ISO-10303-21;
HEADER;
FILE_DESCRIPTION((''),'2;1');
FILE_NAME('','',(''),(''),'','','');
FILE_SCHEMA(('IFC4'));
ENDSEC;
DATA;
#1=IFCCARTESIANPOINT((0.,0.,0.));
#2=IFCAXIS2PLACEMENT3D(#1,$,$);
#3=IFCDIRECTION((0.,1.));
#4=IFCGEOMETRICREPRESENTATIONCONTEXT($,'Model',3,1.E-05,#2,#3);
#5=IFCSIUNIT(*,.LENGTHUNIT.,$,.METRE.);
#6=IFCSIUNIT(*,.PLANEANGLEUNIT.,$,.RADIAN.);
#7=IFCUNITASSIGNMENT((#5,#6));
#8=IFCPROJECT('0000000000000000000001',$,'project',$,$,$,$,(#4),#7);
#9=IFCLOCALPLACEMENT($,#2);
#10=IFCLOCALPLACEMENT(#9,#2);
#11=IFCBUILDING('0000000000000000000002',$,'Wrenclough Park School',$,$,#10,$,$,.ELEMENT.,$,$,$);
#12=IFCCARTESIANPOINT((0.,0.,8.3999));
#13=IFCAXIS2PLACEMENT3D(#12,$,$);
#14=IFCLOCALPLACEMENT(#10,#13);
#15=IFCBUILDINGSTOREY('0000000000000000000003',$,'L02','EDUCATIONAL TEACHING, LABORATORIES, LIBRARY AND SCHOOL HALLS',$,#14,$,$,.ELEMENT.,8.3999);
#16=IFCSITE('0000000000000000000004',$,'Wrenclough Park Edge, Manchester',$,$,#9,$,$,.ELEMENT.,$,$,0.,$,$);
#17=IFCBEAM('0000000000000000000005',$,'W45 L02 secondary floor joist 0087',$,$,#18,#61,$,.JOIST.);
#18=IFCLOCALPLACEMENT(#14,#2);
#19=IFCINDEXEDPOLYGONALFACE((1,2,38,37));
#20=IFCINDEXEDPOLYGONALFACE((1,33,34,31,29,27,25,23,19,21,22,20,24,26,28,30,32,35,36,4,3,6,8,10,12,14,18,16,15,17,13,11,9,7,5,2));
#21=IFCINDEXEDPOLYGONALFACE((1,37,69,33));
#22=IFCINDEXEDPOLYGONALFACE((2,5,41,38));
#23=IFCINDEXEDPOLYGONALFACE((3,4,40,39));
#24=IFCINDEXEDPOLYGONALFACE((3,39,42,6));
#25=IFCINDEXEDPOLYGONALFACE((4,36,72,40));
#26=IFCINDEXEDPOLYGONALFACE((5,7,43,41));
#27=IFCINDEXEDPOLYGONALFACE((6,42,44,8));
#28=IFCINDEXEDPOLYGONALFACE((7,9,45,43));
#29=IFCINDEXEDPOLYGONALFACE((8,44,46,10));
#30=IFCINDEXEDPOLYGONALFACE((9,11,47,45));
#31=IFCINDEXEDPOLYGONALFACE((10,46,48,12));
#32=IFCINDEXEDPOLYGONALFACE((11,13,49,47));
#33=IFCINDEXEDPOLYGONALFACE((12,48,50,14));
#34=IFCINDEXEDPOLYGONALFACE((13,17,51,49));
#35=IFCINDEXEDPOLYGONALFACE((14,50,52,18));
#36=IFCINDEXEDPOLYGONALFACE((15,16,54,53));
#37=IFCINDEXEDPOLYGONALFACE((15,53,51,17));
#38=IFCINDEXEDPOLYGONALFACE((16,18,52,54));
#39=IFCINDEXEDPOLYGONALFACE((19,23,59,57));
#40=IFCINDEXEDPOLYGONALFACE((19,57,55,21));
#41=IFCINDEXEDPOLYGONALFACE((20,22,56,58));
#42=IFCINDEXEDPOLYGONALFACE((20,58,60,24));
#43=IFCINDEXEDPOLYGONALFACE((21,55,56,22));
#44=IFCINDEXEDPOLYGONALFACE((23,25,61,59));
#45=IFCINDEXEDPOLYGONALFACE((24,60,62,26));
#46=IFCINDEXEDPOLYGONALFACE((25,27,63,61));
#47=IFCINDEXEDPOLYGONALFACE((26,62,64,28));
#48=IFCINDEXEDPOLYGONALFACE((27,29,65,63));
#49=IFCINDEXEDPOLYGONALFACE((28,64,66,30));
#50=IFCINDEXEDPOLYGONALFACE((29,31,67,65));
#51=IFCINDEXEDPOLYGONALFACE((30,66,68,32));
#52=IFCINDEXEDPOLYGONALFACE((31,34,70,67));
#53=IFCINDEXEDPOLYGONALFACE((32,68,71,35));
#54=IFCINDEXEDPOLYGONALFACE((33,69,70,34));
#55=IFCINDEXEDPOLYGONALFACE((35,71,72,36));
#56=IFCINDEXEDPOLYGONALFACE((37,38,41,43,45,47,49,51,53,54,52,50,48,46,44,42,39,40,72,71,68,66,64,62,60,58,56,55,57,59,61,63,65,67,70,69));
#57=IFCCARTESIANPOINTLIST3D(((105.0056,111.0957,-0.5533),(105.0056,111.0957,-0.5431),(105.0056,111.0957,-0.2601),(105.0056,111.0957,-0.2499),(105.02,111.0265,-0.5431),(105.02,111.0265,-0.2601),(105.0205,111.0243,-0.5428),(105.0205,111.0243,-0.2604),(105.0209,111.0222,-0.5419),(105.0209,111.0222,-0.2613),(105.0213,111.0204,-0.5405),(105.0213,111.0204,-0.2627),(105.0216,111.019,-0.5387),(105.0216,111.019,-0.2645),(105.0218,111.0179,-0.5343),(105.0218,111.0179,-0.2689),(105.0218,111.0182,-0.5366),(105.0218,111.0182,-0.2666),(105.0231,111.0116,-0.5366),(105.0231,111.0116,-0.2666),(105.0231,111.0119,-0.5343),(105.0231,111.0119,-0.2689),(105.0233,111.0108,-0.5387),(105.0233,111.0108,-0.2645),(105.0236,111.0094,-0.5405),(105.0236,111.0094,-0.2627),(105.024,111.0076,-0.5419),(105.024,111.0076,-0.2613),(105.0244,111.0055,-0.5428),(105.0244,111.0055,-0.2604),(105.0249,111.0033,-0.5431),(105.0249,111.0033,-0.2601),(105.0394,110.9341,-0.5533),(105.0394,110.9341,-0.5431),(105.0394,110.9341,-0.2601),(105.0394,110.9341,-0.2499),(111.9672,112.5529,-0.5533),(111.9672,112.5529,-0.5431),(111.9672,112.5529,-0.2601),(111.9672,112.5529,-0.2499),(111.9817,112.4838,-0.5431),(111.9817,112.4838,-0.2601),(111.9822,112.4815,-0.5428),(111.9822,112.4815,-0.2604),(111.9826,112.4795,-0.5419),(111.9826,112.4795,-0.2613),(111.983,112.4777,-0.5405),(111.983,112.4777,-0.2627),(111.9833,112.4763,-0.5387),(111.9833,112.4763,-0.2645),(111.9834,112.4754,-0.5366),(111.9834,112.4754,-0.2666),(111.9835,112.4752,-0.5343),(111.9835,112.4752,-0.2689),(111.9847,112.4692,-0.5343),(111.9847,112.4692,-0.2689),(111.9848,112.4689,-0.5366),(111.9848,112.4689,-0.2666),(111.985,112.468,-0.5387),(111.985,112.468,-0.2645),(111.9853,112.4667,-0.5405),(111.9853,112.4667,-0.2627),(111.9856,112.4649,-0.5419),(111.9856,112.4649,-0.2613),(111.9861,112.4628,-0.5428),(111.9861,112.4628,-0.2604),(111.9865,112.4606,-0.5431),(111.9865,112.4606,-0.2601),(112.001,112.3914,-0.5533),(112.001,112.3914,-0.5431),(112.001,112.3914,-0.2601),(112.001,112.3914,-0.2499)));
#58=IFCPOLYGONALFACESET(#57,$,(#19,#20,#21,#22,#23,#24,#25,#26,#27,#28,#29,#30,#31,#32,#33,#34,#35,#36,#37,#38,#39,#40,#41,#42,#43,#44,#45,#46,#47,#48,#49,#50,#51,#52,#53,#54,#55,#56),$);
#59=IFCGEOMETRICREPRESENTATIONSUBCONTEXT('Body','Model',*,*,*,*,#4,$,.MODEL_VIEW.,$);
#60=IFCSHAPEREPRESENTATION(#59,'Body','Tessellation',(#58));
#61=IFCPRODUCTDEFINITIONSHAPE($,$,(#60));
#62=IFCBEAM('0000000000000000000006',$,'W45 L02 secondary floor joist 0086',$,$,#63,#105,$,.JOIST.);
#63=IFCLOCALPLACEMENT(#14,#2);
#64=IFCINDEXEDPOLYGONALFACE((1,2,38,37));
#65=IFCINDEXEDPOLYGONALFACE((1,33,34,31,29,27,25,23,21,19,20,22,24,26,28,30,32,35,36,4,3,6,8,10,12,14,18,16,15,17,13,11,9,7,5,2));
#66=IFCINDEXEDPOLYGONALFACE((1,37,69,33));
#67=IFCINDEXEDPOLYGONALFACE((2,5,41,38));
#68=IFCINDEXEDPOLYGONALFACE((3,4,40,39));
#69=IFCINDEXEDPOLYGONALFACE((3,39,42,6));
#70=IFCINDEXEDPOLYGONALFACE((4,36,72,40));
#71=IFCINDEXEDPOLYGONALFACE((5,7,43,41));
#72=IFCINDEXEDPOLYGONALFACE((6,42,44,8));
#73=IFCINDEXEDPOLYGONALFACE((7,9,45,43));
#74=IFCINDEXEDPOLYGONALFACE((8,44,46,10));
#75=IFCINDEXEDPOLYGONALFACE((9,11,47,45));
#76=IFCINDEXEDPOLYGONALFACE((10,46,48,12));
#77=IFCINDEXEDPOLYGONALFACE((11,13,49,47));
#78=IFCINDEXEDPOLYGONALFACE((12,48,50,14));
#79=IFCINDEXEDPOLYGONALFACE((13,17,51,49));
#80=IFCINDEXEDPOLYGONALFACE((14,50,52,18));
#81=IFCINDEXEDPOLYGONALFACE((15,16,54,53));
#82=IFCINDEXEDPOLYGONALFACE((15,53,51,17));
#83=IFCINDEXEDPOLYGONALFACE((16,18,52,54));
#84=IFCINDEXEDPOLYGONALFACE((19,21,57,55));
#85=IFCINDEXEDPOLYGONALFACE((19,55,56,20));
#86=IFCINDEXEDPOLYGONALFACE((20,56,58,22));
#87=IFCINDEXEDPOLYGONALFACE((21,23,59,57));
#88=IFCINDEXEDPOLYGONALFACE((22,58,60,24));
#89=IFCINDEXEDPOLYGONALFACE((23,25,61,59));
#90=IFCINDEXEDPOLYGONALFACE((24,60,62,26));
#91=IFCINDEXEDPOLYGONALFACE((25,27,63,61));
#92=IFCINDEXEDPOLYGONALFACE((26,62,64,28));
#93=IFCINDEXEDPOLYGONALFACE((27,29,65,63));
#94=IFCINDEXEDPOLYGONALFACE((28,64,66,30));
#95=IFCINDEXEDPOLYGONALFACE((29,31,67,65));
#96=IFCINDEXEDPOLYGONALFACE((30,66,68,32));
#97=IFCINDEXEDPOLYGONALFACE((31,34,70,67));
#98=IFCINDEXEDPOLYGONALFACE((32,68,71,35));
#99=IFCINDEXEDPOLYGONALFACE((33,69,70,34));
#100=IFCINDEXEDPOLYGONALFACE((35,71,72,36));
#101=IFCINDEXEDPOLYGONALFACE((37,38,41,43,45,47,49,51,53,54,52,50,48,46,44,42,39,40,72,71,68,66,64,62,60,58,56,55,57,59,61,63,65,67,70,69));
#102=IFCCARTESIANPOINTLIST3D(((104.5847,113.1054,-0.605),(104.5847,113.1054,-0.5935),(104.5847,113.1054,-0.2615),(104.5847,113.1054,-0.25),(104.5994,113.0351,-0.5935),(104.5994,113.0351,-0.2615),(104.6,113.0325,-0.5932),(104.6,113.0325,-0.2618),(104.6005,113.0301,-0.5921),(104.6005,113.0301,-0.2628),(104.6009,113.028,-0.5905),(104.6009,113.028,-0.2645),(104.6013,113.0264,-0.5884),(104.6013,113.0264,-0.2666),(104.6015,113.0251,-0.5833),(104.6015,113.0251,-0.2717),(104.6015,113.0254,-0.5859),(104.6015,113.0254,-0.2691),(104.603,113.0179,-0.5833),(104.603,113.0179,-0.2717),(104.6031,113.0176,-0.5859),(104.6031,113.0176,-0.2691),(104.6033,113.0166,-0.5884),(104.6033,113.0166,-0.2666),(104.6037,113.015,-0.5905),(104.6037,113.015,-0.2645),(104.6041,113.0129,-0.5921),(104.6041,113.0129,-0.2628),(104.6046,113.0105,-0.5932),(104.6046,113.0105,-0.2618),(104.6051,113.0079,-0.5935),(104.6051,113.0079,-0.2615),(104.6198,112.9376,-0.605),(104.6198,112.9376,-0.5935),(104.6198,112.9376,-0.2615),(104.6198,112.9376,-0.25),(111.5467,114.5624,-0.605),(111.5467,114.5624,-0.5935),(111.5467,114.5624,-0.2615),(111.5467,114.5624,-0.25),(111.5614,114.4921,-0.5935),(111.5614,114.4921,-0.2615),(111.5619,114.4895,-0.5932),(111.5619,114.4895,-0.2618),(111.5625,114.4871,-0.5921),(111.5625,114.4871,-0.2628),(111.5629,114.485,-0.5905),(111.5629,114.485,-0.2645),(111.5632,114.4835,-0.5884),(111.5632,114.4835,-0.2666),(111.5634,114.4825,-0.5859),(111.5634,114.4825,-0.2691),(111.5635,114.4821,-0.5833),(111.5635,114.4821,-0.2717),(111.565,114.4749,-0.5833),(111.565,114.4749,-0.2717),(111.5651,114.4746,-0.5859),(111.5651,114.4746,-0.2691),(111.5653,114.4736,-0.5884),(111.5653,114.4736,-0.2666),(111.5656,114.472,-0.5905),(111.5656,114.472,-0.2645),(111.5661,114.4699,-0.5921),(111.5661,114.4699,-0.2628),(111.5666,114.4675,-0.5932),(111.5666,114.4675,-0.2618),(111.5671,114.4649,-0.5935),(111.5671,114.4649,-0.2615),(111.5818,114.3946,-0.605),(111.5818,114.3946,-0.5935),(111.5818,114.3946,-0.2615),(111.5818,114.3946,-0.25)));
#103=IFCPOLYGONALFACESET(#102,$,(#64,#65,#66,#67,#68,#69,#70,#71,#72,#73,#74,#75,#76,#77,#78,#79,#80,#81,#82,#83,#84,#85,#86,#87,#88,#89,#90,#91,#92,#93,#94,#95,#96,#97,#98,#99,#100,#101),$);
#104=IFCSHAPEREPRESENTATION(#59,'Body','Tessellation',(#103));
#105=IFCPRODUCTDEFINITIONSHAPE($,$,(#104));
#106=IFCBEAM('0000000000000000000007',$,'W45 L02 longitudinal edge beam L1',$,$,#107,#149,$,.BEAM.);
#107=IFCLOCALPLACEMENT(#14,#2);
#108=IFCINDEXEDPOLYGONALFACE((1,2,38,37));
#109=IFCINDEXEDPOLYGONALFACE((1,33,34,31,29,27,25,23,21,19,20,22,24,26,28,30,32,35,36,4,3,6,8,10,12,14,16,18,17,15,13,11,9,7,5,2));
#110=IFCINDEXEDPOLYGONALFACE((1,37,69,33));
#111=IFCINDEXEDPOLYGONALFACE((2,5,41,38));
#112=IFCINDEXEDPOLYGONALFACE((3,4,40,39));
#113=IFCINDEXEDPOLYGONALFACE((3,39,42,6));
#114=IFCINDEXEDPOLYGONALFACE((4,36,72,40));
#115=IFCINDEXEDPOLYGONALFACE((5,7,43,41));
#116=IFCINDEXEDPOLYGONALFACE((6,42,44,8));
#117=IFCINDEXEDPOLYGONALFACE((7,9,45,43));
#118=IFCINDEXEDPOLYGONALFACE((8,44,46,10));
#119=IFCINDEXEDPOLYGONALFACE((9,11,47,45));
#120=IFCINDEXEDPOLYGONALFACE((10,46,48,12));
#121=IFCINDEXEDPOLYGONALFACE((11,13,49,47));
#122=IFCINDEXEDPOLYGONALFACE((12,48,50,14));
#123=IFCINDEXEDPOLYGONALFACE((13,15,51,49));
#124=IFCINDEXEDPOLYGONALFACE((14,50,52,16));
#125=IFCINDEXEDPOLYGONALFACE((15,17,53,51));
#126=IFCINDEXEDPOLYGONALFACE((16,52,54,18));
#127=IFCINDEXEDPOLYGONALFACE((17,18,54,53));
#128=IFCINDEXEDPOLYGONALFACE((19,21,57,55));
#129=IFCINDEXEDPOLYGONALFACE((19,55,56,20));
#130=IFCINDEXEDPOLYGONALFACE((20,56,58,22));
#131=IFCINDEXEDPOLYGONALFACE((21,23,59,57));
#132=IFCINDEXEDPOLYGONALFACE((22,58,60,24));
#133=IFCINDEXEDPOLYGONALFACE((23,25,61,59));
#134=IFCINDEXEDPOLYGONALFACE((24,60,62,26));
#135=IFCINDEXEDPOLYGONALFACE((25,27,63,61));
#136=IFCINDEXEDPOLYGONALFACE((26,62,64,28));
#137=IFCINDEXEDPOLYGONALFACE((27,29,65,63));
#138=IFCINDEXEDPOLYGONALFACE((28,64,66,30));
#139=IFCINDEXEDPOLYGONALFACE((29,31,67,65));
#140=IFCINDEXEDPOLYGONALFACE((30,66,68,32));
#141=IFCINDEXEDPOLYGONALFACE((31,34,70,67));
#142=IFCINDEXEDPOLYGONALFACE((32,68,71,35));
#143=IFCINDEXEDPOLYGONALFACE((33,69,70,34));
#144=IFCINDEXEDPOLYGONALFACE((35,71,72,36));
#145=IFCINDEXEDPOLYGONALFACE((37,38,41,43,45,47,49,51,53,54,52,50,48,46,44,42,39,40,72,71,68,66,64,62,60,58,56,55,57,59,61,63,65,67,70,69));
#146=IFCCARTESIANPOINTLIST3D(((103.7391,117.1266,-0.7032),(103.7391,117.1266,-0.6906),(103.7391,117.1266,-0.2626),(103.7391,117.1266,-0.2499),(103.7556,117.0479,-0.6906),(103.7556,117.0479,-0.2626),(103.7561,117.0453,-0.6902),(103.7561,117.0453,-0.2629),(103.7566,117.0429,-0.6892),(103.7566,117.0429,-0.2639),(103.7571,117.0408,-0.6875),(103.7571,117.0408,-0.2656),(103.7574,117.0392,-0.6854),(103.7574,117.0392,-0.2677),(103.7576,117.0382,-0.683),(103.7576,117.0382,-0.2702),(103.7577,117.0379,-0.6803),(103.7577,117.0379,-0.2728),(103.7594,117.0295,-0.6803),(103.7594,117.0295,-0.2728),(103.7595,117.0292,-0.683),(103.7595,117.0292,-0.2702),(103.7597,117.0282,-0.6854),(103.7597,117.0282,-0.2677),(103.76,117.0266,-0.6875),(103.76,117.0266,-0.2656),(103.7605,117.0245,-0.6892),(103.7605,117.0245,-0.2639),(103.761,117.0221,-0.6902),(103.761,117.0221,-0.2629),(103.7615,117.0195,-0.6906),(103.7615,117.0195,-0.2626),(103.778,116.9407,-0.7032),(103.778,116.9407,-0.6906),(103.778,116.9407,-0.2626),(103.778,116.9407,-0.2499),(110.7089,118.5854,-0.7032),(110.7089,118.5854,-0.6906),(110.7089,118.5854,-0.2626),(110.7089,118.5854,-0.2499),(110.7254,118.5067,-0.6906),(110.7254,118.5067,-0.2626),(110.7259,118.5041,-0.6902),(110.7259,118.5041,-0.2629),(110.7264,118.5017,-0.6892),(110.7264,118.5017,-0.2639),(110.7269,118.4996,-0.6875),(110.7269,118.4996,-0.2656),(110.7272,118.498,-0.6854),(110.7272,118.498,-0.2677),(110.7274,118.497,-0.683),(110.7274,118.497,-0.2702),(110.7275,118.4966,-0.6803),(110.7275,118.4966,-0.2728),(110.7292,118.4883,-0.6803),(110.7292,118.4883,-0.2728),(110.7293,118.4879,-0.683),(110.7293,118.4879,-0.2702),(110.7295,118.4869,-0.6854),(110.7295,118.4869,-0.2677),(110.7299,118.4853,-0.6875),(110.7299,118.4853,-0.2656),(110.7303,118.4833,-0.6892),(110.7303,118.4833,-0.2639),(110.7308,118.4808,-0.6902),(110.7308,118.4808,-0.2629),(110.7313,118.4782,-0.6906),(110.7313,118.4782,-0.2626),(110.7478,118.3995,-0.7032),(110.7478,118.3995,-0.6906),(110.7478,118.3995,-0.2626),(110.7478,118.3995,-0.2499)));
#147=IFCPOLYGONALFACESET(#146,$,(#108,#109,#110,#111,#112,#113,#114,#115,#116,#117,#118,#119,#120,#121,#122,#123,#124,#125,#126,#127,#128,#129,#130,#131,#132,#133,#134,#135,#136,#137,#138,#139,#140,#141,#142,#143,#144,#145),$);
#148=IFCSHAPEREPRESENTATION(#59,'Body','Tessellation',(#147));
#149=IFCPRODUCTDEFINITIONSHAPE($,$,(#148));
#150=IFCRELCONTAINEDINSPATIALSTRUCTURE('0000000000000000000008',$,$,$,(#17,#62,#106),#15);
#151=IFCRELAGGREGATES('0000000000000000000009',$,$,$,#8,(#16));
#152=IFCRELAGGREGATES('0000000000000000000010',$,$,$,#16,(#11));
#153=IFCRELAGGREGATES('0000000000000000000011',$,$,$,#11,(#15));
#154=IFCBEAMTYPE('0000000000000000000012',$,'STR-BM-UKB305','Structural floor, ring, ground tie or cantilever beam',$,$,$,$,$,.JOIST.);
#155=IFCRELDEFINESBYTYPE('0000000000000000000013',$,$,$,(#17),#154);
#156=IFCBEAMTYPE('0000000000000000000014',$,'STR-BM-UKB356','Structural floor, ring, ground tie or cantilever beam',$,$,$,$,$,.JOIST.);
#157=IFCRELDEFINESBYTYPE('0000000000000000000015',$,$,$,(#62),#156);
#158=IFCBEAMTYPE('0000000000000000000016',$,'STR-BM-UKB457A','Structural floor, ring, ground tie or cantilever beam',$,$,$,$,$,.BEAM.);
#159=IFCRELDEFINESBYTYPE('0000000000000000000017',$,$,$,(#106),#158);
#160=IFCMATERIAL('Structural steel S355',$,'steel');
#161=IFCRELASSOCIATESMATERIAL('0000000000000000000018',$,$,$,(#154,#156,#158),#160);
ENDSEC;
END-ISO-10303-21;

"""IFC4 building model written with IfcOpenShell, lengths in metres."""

from ifc_helpers import new_model, si_unit, direction, frame, origin, origin_2d, place, context, subcontext, project, spatial, i_section, extrude, material, material_profile, profile_set, type_object, element, save


model = new_model("IFC4")

# Units and contexts
model_context = context("Model", 3, precision=1e-05, world=origin(), true_north=direction((0.0, 1.0)))
body_context = subcontext(model_context, "Body", "Model", "MODEL_VIEW")
ifc_project = project(units=[si_unit("LENGTHUNIT", "METRE"), si_unit("PLANEANGLEUNIT", "RADIAN")], contexts=[model_context])

# Site, building, storey
site_placement = place(None, origin())
site = spatial("IfcSite", under=ifc_project, at=site_placement, Name="Wrenclough Park Edge, Manchester", CompositionType="ELEMENT", RefElevation=0.0)
building_placement = place(site_placement, origin())
building = spatial("IfcBuilding", under=site, at=building_placement, Name="Wrenclough Park School", CompositionType="ELEMENT")
storey_placement = place(building_placement, frame((0.0, 0.0, 8.3999)))
storey = spatial("IfcBuildingStorey", under=building, at=storey_placement, Name="L02", Description="EDUCATIONAL TEACHING, LABORATORIES, LIBRARY AND SCHOOL HALLS", CompositionType="ELEMENT", Elevation=8.3999)

# Shared definitions
ifc_material_1 = material(Name="Structural steel S355", Category="steel")

# Beams
ifc_material_profile_1 = material_profile(ifc_material_1, i_section(OverallWidth=0.165, OverallDepth=0.3035, WebThickness=0.0061, FlangeThickness=0.0103, FilletRadius=0.0088, at=origin_2d()), Name="UKB 305x165x40")
ifc_profile_set_1 = profile_set([ifc_material_profile_1], Name="Structural steel S355")
beam_type_1 = type_object("IfcBeamType", Name="STR-BM-UKB305", Description="Structural floor, ring, ground tie or cantilever beam", PredefinedType="JOIST", material=ifc_profile_set_1)
for number, where, z_axis, x_axis, name in (
    (1, (105.0225, 111.0149, -0.4016), (0.978786, 0.204888, 0.0), (-0.204888, 0.978786, 0.0), "W45 L02 secondary floor joist 0087"),
):
    element("IfcBeam", number, at=place(storey_placement, frame(where, z_axis=z_axis, x_axis=x_axis)), inside=storey, type_object=beam_type_1, Name=name, PredefinedType="JOIST", context=body_context, shape_type="SweptSolid", body=[
        extrude(i_section(OverallWidth=0.165, OverallDepth=0.3035, WebThickness=0.0061, FlangeThickness=0.0103, FilletRadius=0.0088, at=origin_2d()), origin(), (0.0, 0.0, 1.0), 7.1125),
    ])
ifc_material_profile_2 = material_profile(ifc_material_1, i_section(OverallWidth=0.1714, OverallDepth=0.355, WebThickness=0.0073, FlangeThickness=0.0115, FilletRadius=0.0103, at=origin_2d()), Name="UKB 356x171x51")
ifc_profile_set_2 = profile_set([ifc_material_profile_2], Name="Structural steel S355")
beam_type_2 = type_object("IfcBeamType", Name="STR-BM-UKB356", Description="Structural floor, ring, ground tie or cantilever beam", PredefinedType="JOIST", material=ifc_profile_set_2)
beam_1_placement = place(storey_placement, frame((104.6023, 113.0215, -0.4275), z_axis=(0.978794, 0.204848, 0.0), x_axis=(-0.204848, 0.978794, 0.0)))
element("IfcBeam", 2, at=beam_1_placement, inside=storey, type_object=beam_type_2, Name="W45 L02 secondary floor joist 0086", PredefinedType="JOIST", context=body_context, shape_type="SweptSolid", body=[
    extrude(i_section(OverallWidth=0.1714, OverallDepth=0.355, WebThickness=0.0073, FlangeThickness=0.0115, FilletRadius=0.0103, at=origin_2d()), origin(), (0.0, 0.0, 1.0), 7.1128),
])
ifc_material_profile_3 = material_profile(ifc_material_1, i_section(OverallWidth=0.1899, OverallDepth=0.4534, WebThickness=0.0085, FlangeThickness=0.0127, FilletRadius=0.0103, at=origin_2d()), Name="UKB 457x191x67")
ifc_profile_set_3 = profile_set([ifc_material_profile_3], Name="Structural steel S355")
beam_type_3 = type_object("IfcBeamType", Name="STR-BM-UKB457A", Description="Structural floor, ring, ground tie or cantilever beam", PredefinedType="BEAM", material=ifc_profile_set_3)
beam_2_placement = place(storey_placement, frame((103.7585, 117.0337, -0.4766), z_axis=(0.978792, 0.204858, 0.0), x_axis=(-0.204858, 0.978792, 0.0)))
element("IfcBeam", 3, at=beam_2_placement, inside=storey, type_object=beam_type_3, Name="W45 L02 longitudinal edge beam L1", PredefinedType="BEAM", context=body_context, shape_type="SweptSolid", body=[
    extrude(i_section(OverallWidth=0.1899, OverallDepth=0.4534, WebThickness=0.0085, FlangeThickness=0.0127, FilletRadius=0.0103, at=origin_2d()), origin(), (0.0, 0.0, 1.0), 7.1208),
])

save(model, "model.ifc")
